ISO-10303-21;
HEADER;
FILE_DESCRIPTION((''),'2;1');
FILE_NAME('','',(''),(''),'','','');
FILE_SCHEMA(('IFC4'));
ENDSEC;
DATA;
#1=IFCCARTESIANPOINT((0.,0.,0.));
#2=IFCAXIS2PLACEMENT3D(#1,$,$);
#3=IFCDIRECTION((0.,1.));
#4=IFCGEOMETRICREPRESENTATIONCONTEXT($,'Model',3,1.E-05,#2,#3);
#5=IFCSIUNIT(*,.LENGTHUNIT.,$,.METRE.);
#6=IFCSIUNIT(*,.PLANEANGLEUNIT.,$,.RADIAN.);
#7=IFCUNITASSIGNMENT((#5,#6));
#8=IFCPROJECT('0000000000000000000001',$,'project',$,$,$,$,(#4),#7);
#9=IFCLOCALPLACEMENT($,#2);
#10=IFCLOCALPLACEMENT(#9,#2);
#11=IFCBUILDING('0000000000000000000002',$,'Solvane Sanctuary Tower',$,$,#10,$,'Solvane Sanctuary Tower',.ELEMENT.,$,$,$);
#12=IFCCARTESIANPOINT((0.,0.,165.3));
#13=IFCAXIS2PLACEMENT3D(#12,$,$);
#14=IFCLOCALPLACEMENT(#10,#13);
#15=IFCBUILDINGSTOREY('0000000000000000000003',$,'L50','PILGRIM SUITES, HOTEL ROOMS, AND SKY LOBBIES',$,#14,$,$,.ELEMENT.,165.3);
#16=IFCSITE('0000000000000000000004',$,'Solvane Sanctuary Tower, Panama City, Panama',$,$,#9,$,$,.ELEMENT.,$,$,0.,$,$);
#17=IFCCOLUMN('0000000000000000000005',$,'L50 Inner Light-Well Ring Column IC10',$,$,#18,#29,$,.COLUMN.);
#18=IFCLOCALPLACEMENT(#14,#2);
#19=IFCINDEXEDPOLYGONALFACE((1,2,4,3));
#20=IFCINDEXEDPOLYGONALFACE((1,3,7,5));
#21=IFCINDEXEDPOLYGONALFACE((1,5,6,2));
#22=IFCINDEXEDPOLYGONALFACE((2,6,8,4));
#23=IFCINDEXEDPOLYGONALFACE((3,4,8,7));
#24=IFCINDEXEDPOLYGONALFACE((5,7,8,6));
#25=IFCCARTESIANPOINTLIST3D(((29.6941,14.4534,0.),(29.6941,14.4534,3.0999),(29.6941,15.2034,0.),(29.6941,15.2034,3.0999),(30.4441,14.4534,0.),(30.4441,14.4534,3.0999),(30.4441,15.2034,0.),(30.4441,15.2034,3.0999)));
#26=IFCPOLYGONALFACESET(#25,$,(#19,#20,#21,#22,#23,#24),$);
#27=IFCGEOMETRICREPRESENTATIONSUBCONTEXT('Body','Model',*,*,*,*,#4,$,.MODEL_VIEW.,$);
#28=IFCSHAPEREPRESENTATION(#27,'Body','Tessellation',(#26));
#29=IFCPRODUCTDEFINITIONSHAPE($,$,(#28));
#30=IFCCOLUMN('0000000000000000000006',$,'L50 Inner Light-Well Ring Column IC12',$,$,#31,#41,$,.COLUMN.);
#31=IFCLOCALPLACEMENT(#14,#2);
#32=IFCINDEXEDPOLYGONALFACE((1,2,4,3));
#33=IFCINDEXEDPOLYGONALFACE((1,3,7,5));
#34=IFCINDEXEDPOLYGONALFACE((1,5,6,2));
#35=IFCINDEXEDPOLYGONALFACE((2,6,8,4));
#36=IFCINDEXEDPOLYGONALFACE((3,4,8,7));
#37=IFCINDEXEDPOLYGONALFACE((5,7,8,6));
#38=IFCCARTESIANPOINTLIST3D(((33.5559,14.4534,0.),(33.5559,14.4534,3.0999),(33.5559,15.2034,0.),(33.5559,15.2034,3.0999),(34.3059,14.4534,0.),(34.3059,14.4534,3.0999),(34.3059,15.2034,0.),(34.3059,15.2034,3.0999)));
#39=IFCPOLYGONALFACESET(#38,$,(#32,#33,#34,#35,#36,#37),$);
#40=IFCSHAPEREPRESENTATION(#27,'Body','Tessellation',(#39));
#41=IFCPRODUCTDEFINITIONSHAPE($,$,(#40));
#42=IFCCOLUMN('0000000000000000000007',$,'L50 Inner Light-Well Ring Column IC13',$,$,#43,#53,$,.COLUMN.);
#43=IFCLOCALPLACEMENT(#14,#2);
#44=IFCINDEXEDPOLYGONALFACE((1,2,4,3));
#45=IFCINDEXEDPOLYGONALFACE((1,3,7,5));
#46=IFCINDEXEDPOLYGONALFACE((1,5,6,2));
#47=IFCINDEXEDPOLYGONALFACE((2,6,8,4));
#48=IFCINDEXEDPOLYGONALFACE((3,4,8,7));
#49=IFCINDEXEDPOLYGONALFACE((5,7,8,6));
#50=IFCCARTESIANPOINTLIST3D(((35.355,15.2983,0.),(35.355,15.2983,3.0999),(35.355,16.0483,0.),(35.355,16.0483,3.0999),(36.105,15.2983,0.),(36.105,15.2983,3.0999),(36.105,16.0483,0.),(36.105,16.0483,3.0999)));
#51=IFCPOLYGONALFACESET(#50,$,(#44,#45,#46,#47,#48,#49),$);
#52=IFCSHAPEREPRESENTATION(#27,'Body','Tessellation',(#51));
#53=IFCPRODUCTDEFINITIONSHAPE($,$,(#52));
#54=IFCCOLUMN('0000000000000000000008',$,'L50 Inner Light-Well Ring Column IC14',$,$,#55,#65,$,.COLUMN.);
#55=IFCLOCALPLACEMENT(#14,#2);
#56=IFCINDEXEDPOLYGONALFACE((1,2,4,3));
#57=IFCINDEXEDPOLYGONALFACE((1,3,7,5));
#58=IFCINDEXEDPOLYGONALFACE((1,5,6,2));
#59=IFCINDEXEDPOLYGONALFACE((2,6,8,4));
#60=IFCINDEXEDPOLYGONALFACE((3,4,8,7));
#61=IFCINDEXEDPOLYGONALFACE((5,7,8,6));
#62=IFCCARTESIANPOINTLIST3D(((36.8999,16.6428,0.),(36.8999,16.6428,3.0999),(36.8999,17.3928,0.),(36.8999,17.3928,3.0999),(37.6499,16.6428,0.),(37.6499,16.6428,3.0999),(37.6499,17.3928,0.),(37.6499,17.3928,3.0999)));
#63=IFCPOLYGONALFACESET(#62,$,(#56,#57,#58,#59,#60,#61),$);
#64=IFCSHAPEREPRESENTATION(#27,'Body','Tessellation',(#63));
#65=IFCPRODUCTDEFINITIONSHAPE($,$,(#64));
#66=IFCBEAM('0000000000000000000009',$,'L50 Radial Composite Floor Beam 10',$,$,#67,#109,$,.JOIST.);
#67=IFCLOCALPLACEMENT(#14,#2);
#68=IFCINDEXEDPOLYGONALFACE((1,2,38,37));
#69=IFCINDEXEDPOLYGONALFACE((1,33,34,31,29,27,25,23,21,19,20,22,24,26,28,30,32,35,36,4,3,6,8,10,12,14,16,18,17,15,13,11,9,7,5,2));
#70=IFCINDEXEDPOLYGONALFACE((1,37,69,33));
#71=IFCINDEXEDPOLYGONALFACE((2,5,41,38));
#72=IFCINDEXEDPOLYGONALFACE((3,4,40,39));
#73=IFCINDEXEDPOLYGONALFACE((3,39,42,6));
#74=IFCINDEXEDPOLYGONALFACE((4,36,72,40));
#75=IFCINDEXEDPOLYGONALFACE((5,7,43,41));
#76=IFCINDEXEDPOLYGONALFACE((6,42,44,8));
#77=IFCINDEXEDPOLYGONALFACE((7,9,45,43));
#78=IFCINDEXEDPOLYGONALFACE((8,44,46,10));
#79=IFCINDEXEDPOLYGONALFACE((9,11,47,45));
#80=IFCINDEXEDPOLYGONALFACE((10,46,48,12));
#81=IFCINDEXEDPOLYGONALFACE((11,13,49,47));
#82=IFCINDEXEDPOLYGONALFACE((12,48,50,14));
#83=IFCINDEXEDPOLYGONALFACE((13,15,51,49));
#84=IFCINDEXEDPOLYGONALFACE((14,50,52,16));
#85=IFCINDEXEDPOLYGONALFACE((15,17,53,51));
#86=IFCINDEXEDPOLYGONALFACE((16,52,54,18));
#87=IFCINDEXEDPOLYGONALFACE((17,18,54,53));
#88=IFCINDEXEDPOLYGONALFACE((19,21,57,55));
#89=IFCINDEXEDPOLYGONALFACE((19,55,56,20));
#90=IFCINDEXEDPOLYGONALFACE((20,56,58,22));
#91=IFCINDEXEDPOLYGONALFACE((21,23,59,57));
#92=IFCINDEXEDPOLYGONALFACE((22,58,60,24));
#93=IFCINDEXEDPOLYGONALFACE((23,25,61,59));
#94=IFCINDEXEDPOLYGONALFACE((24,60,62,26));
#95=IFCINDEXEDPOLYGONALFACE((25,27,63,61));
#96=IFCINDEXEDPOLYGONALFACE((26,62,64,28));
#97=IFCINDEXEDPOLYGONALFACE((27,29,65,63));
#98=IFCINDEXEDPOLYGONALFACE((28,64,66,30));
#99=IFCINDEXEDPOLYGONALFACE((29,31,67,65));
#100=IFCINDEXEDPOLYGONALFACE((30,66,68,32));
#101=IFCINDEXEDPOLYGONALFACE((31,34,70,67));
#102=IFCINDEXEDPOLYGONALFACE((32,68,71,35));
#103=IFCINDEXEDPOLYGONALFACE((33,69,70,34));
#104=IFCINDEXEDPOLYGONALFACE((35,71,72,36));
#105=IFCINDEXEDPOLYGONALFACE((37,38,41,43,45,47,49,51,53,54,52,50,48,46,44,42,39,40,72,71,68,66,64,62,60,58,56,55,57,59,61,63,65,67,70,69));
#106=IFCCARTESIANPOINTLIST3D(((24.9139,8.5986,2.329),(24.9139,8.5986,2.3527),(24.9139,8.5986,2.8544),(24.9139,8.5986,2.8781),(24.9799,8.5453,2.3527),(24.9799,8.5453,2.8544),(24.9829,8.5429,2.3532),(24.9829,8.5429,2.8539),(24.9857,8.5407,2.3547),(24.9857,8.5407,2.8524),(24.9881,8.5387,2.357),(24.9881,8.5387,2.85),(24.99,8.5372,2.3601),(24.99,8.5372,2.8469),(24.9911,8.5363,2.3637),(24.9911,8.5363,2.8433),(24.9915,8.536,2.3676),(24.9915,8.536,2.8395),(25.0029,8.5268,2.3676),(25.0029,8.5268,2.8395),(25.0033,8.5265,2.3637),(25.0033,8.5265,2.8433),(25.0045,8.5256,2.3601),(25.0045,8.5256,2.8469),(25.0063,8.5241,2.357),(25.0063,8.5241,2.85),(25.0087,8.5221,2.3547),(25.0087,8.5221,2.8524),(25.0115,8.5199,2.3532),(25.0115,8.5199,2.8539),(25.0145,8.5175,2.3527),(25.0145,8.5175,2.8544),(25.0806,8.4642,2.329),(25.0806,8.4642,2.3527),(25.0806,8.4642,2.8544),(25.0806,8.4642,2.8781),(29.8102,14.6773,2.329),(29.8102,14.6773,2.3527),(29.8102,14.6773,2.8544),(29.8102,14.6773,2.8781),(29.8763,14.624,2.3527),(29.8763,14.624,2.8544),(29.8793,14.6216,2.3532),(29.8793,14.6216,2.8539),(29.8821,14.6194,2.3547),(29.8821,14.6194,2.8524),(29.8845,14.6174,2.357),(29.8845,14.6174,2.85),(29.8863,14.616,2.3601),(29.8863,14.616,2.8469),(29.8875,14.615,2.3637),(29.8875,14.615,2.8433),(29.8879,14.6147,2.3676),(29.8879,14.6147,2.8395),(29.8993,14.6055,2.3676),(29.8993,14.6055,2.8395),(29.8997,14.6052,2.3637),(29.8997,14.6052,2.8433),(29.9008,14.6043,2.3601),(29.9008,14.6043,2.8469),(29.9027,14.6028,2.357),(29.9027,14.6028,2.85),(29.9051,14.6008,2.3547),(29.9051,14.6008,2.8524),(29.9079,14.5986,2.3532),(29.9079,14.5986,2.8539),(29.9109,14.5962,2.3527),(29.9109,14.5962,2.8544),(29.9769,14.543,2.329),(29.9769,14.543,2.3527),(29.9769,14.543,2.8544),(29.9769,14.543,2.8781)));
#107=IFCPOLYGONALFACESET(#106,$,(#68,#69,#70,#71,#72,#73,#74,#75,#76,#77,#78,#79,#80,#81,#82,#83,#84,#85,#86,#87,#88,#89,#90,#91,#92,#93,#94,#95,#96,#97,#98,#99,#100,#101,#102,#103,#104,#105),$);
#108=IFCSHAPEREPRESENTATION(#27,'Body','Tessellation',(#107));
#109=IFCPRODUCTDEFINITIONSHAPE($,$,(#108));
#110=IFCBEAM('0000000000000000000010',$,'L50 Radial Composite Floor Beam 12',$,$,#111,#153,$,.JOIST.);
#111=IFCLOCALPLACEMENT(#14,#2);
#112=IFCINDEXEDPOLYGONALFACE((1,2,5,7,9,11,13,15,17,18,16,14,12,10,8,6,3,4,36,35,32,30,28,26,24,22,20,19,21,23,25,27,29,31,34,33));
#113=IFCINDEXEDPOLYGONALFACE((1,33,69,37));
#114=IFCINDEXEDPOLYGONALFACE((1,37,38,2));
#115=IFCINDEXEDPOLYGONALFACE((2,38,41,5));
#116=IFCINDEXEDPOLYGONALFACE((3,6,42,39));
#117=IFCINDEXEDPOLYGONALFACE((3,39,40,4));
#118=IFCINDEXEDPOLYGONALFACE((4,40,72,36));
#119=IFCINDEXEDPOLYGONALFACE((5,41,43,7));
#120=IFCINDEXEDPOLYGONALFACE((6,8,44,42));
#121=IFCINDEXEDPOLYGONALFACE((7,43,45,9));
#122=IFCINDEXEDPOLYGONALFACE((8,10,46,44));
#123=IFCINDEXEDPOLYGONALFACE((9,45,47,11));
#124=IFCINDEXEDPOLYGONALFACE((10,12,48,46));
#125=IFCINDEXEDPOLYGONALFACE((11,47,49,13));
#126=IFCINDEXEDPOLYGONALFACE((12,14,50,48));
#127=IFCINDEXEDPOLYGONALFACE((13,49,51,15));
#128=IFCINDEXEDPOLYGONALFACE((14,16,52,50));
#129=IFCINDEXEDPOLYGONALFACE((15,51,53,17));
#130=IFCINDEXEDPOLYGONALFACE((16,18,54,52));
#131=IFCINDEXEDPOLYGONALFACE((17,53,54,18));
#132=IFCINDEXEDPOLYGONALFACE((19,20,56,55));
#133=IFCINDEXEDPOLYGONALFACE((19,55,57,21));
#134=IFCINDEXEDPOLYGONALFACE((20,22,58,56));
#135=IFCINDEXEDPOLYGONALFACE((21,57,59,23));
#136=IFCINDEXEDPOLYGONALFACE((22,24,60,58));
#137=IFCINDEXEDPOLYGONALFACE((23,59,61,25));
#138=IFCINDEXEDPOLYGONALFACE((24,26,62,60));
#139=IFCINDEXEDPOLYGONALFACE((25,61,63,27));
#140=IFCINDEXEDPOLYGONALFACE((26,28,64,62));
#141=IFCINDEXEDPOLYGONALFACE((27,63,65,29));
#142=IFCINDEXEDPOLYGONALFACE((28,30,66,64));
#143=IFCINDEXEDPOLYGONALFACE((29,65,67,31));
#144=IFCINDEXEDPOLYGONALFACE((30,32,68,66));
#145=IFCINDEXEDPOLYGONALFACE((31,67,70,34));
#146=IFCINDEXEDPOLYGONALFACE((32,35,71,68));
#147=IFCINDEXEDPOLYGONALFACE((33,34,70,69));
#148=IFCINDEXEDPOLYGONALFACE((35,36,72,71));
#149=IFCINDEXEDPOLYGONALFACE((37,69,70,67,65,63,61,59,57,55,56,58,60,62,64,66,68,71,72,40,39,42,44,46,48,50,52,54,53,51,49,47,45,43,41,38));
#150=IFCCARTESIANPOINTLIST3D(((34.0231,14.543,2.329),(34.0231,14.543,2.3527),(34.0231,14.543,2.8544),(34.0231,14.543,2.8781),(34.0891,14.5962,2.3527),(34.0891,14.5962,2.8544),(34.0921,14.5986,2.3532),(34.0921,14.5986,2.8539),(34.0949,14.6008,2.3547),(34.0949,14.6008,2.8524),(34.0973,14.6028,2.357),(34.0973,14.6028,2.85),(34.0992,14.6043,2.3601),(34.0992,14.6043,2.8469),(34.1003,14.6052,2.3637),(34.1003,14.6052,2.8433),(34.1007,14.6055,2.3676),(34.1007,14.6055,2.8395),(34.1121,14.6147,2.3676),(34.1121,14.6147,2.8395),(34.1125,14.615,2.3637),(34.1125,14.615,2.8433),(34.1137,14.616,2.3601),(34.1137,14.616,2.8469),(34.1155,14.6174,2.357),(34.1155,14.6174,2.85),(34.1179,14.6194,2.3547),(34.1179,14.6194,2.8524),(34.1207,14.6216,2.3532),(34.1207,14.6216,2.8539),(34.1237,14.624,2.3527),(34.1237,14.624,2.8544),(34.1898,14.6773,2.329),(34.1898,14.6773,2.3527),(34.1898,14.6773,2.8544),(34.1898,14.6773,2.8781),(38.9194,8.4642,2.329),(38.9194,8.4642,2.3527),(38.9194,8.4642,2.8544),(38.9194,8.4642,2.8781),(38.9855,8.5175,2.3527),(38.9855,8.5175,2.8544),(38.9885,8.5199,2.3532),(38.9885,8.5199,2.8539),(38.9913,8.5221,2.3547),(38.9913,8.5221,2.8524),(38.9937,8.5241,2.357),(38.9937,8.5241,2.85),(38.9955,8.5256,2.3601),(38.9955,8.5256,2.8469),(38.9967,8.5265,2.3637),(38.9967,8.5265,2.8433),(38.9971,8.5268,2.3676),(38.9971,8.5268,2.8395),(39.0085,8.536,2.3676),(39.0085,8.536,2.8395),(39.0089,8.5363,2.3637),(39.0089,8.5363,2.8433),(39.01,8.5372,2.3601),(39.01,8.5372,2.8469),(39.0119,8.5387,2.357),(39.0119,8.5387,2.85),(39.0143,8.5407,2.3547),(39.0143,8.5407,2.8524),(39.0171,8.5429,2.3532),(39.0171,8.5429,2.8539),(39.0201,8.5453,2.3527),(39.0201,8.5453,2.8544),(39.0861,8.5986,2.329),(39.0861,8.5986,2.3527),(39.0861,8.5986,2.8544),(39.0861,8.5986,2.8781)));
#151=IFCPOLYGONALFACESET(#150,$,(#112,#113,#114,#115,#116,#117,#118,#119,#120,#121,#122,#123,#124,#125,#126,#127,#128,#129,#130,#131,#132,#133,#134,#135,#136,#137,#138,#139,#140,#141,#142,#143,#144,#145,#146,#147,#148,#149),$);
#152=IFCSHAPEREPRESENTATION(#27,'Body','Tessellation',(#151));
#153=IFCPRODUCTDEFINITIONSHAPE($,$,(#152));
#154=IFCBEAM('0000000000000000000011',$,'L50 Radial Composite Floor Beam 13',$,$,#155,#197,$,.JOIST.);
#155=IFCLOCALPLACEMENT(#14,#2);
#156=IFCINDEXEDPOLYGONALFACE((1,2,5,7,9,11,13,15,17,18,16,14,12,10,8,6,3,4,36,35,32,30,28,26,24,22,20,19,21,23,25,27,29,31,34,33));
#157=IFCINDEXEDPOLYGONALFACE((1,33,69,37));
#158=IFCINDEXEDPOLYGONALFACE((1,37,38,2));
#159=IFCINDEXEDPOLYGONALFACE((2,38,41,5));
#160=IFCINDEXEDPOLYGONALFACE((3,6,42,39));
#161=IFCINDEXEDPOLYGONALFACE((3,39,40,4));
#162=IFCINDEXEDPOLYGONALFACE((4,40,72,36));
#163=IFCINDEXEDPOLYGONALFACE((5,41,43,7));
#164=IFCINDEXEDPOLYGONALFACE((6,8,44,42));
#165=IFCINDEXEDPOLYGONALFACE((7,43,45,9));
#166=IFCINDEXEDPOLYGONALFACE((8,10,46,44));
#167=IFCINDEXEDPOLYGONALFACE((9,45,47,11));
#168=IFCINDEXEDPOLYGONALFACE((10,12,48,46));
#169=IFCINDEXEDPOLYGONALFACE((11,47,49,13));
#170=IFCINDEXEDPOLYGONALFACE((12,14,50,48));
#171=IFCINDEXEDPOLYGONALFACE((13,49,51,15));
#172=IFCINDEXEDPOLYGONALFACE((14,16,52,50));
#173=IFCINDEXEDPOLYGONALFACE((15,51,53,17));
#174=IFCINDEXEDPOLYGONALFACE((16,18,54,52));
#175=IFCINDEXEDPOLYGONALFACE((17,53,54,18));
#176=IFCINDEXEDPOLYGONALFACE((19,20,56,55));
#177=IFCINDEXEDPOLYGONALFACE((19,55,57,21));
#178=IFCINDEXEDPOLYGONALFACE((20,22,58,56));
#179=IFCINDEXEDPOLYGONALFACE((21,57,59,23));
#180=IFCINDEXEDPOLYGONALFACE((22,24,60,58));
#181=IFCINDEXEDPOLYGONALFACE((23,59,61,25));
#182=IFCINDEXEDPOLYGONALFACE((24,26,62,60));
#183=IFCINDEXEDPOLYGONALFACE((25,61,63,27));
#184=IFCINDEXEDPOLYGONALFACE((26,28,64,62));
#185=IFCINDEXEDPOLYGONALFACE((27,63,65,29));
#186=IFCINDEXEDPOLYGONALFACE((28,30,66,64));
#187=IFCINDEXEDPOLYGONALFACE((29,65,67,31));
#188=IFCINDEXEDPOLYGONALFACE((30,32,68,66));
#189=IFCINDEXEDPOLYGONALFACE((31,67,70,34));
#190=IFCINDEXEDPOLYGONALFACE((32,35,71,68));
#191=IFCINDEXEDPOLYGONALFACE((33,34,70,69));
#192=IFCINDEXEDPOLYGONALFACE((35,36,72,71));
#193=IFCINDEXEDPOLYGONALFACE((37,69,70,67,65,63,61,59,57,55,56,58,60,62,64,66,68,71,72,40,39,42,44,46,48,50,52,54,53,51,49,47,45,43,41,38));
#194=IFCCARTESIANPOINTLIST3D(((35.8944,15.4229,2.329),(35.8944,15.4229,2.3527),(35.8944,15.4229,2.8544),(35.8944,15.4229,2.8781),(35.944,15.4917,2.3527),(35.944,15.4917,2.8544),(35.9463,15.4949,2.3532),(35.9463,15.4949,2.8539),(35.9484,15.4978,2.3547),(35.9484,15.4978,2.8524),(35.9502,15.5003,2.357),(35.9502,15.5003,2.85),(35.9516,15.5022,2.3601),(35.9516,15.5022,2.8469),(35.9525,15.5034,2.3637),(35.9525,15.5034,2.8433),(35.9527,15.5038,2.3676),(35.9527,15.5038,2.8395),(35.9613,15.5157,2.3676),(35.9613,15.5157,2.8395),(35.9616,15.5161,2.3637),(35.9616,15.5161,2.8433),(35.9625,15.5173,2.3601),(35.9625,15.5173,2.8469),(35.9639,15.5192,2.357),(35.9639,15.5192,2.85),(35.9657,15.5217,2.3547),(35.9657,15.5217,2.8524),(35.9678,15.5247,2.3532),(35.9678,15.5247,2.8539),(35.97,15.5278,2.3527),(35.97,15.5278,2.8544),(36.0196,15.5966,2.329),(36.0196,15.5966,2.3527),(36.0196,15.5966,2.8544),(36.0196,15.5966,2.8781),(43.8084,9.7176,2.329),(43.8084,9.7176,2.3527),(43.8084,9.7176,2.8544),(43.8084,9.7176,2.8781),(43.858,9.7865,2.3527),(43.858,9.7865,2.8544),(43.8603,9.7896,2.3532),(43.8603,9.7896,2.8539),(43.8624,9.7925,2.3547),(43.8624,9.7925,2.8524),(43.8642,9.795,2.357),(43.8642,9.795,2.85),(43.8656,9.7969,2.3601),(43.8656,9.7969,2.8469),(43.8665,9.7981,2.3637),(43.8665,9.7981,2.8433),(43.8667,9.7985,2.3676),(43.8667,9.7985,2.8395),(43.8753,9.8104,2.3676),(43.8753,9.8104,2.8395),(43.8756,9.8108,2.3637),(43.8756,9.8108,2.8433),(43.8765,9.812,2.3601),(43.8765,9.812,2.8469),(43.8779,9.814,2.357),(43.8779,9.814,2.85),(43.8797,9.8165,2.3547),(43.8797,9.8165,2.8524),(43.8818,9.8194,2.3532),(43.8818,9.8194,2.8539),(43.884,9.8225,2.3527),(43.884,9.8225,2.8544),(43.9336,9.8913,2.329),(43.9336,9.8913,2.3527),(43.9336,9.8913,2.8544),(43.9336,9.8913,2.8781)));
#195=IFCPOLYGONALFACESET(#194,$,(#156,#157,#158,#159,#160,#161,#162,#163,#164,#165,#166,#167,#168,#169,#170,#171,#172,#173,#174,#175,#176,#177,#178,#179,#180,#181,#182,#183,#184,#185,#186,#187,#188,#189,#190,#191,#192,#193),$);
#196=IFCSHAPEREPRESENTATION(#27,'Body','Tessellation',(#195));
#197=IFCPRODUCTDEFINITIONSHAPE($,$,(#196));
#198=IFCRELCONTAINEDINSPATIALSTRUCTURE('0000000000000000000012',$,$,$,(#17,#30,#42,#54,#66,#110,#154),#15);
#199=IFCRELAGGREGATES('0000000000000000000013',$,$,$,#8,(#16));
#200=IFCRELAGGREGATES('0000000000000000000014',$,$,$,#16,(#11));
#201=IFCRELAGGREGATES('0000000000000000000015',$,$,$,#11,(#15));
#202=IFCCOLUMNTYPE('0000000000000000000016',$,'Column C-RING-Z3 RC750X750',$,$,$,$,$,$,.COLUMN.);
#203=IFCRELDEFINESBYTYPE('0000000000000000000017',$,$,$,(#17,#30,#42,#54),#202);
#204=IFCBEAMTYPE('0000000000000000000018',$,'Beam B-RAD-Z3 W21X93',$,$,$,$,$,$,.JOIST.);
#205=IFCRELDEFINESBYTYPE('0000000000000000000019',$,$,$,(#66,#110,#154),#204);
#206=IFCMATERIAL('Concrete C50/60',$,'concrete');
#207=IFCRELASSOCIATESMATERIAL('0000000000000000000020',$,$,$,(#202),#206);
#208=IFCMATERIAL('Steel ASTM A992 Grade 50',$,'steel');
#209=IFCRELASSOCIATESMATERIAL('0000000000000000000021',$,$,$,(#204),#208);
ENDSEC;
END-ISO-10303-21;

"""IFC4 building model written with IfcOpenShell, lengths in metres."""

from ifc_helpers import new_model, si_unit, direction, frame, origin, origin_2d, place, context, subcontext, project, spatial, rectangle, i_section, extrude, material, material_profile, profile_set, type_object, element, save


model = new_model("IFC4")

# Units and contexts
model_context = context("Model", 3, precision=1e-05, world=origin(), true_north=direction((0.0, 1.0)))
body_context = subcontext(model_context, "Body", "Model", "MODEL_VIEW")
ifc_project = project(units=[si_unit("LENGTHUNIT", "METRE"), si_unit("PLANEANGLEUNIT", "RADIAN")], contexts=[model_context])

# Site, building, storey
site_placement = place(None, origin())
site = spatial("IfcSite", under=ifc_project, at=site_placement, Name="Solvane Sanctuary Tower, Panama City, Panama", CompositionType="ELEMENT", RefElevation=0.0)
building_placement = place(site_placement, origin())
building = spatial("IfcBuilding", under=site, at=building_placement, Name="Solvane Sanctuary Tower", LongName="Solvane Sanctuary Tower", CompositionType="ELEMENT")
storey_placement = place(building_placement, frame((0.0, 0.0, 165.3)))
storey = spatial("IfcBuildingStorey", under=building, at=storey_placement, Name="L50", Description="PILGRIM SUITES, HOTEL ROOMS, AND SKY LOBBIES", CompositionType="ELEMENT", Elevation=165.3)

# Columns
ifc_material_1 = material(Name="Concrete C50/60", Category="concrete")
ifc_material_profile_1 = material_profile(ifc_material_1, rectangle(XDim=0.75, YDim=0.75, at=origin_2d()), Name="RC750X750")
ifc_profile_set_1 = profile_set([ifc_material_profile_1], Name="Concrete C50/60")
column_type = type_object("IfcColumnType", Name="Column C-RING-Z3 RC750X750", PredefinedType="COLUMN", material=ifc_profile_set_1)
for number, where, z_axis, x_axis, name in (
    (1, (30.0691, 14.8284, 0.0), (0.0, 0.0, 1.0), (1.0, 0.0, 0.0), "L50 Inner Light-Well Ring Column IC10"),
    (2, (33.9309, 14.8284, 0.0), (0.0, 0.0, 1.0), (1.0, 0.0, 0.0), "L50 Inner Light-Well Ring Column IC12"),
    (3, (35.73, 15.6733, 0.0), (0.0, 0.0, 1.0), (1.0, 0.0, 0.0), "L50 Inner Light-Well Ring Column IC13"),
    (4, (37.2749, 17.0178, 0.0), (0.0, 0.0, 1.0), (1.0, 0.0, 0.0), "L50 Inner Light-Well Ring Column IC14"),
):
    element("IfcColumn", number, at=place(storey_placement, frame(where, z_axis=z_axis, x_axis=x_axis)), inside=storey, type_object=column_type, Name=name, PredefinedType="COLUMN", context=body_context, shape_type="SweptSolid", body=[
        extrude(rectangle(XDim=0.75, YDim=0.75, at=origin_2d()), origin(), (0.0, 0.0, 1.0), 3.0999),
    ])

# Beams
ifc_material_2 = material(Name="Steel ASTM A992 Grade 50", Category="steel")
ifc_material_profile_2 = material_profile(ifc_material_2, i_section(OverallWidth=0.2141, OverallDepth=0.5491, WebThickness=0.0146, FlangeThickness=0.0237, FilletRadius=0.0149, at=origin_2d()), Name="W21X93")
ifc_profile_set_2 = profile_set([ifc_material_profile_2], Name="Steel ASTM A992 Grade 50")
beam_type_1 = type_object("IfcBeamType", Name="Beam B-RAD-Z3 W21X93", PredefinedType="JOIST", material=ifc_profile_set_2)
for number, where, z_axis, x_axis, name in (
    (5, (29.8936, 14.6101, 2.6035), (-0.627297, -0.77878, 0.0), (0.77878, -0.627297, 0.0), "L50 Radial Composite Floor Beam 10"),
    (6, (34.1064, 14.6101, 2.6035), (0.627297, -0.77878, 0.0), (0.77878, 0.627297, 0.0), "L50 Radial Composite Floor Beam 12"),
):
    element("IfcBeam", number, at=place(storey_placement, frame(where, z_axis=z_axis, x_axis=x_axis)), inside=storey, type_object=beam_type_1, Name=name, PredefinedType="JOIST", context=body_context, shape_type="SweptSolid", body=[
        extrude(i_section(OverallWidth=0.2141, OverallDepth=0.5491, WebThickness=0.0146, FlangeThickness=0.0237, FilletRadius=0.0149, at=origin_2d()), origin(), (0.0, 0.0, 1.0), 7.8054),
    ])
beam_1_placement = place(storey_placement, frame((35.957, 15.5098, 2.6035), z_axis=(0.811184, -0.58479, 0.0), x_axis=(0.58479, 0.811184, 0.0)))
element("IfcBeam", 7, at=beam_1_placement, inside=storey, type_object=beam_type_1, Name="L50 Radial Composite Floor Beam 13", PredefinedType="JOIST", context=body_context, shape_type="SweptSolid", body=[
    extrude(i_section(OverallWidth=0.2141, OverallDepth=0.5491, WebThickness=0.0146, FlangeThickness=0.0237, FilletRadius=0.0149, at=origin_2d()), origin(), (0.0, 0.0, 1.0), 9.7561),
])

save(model, "model.ifc")
